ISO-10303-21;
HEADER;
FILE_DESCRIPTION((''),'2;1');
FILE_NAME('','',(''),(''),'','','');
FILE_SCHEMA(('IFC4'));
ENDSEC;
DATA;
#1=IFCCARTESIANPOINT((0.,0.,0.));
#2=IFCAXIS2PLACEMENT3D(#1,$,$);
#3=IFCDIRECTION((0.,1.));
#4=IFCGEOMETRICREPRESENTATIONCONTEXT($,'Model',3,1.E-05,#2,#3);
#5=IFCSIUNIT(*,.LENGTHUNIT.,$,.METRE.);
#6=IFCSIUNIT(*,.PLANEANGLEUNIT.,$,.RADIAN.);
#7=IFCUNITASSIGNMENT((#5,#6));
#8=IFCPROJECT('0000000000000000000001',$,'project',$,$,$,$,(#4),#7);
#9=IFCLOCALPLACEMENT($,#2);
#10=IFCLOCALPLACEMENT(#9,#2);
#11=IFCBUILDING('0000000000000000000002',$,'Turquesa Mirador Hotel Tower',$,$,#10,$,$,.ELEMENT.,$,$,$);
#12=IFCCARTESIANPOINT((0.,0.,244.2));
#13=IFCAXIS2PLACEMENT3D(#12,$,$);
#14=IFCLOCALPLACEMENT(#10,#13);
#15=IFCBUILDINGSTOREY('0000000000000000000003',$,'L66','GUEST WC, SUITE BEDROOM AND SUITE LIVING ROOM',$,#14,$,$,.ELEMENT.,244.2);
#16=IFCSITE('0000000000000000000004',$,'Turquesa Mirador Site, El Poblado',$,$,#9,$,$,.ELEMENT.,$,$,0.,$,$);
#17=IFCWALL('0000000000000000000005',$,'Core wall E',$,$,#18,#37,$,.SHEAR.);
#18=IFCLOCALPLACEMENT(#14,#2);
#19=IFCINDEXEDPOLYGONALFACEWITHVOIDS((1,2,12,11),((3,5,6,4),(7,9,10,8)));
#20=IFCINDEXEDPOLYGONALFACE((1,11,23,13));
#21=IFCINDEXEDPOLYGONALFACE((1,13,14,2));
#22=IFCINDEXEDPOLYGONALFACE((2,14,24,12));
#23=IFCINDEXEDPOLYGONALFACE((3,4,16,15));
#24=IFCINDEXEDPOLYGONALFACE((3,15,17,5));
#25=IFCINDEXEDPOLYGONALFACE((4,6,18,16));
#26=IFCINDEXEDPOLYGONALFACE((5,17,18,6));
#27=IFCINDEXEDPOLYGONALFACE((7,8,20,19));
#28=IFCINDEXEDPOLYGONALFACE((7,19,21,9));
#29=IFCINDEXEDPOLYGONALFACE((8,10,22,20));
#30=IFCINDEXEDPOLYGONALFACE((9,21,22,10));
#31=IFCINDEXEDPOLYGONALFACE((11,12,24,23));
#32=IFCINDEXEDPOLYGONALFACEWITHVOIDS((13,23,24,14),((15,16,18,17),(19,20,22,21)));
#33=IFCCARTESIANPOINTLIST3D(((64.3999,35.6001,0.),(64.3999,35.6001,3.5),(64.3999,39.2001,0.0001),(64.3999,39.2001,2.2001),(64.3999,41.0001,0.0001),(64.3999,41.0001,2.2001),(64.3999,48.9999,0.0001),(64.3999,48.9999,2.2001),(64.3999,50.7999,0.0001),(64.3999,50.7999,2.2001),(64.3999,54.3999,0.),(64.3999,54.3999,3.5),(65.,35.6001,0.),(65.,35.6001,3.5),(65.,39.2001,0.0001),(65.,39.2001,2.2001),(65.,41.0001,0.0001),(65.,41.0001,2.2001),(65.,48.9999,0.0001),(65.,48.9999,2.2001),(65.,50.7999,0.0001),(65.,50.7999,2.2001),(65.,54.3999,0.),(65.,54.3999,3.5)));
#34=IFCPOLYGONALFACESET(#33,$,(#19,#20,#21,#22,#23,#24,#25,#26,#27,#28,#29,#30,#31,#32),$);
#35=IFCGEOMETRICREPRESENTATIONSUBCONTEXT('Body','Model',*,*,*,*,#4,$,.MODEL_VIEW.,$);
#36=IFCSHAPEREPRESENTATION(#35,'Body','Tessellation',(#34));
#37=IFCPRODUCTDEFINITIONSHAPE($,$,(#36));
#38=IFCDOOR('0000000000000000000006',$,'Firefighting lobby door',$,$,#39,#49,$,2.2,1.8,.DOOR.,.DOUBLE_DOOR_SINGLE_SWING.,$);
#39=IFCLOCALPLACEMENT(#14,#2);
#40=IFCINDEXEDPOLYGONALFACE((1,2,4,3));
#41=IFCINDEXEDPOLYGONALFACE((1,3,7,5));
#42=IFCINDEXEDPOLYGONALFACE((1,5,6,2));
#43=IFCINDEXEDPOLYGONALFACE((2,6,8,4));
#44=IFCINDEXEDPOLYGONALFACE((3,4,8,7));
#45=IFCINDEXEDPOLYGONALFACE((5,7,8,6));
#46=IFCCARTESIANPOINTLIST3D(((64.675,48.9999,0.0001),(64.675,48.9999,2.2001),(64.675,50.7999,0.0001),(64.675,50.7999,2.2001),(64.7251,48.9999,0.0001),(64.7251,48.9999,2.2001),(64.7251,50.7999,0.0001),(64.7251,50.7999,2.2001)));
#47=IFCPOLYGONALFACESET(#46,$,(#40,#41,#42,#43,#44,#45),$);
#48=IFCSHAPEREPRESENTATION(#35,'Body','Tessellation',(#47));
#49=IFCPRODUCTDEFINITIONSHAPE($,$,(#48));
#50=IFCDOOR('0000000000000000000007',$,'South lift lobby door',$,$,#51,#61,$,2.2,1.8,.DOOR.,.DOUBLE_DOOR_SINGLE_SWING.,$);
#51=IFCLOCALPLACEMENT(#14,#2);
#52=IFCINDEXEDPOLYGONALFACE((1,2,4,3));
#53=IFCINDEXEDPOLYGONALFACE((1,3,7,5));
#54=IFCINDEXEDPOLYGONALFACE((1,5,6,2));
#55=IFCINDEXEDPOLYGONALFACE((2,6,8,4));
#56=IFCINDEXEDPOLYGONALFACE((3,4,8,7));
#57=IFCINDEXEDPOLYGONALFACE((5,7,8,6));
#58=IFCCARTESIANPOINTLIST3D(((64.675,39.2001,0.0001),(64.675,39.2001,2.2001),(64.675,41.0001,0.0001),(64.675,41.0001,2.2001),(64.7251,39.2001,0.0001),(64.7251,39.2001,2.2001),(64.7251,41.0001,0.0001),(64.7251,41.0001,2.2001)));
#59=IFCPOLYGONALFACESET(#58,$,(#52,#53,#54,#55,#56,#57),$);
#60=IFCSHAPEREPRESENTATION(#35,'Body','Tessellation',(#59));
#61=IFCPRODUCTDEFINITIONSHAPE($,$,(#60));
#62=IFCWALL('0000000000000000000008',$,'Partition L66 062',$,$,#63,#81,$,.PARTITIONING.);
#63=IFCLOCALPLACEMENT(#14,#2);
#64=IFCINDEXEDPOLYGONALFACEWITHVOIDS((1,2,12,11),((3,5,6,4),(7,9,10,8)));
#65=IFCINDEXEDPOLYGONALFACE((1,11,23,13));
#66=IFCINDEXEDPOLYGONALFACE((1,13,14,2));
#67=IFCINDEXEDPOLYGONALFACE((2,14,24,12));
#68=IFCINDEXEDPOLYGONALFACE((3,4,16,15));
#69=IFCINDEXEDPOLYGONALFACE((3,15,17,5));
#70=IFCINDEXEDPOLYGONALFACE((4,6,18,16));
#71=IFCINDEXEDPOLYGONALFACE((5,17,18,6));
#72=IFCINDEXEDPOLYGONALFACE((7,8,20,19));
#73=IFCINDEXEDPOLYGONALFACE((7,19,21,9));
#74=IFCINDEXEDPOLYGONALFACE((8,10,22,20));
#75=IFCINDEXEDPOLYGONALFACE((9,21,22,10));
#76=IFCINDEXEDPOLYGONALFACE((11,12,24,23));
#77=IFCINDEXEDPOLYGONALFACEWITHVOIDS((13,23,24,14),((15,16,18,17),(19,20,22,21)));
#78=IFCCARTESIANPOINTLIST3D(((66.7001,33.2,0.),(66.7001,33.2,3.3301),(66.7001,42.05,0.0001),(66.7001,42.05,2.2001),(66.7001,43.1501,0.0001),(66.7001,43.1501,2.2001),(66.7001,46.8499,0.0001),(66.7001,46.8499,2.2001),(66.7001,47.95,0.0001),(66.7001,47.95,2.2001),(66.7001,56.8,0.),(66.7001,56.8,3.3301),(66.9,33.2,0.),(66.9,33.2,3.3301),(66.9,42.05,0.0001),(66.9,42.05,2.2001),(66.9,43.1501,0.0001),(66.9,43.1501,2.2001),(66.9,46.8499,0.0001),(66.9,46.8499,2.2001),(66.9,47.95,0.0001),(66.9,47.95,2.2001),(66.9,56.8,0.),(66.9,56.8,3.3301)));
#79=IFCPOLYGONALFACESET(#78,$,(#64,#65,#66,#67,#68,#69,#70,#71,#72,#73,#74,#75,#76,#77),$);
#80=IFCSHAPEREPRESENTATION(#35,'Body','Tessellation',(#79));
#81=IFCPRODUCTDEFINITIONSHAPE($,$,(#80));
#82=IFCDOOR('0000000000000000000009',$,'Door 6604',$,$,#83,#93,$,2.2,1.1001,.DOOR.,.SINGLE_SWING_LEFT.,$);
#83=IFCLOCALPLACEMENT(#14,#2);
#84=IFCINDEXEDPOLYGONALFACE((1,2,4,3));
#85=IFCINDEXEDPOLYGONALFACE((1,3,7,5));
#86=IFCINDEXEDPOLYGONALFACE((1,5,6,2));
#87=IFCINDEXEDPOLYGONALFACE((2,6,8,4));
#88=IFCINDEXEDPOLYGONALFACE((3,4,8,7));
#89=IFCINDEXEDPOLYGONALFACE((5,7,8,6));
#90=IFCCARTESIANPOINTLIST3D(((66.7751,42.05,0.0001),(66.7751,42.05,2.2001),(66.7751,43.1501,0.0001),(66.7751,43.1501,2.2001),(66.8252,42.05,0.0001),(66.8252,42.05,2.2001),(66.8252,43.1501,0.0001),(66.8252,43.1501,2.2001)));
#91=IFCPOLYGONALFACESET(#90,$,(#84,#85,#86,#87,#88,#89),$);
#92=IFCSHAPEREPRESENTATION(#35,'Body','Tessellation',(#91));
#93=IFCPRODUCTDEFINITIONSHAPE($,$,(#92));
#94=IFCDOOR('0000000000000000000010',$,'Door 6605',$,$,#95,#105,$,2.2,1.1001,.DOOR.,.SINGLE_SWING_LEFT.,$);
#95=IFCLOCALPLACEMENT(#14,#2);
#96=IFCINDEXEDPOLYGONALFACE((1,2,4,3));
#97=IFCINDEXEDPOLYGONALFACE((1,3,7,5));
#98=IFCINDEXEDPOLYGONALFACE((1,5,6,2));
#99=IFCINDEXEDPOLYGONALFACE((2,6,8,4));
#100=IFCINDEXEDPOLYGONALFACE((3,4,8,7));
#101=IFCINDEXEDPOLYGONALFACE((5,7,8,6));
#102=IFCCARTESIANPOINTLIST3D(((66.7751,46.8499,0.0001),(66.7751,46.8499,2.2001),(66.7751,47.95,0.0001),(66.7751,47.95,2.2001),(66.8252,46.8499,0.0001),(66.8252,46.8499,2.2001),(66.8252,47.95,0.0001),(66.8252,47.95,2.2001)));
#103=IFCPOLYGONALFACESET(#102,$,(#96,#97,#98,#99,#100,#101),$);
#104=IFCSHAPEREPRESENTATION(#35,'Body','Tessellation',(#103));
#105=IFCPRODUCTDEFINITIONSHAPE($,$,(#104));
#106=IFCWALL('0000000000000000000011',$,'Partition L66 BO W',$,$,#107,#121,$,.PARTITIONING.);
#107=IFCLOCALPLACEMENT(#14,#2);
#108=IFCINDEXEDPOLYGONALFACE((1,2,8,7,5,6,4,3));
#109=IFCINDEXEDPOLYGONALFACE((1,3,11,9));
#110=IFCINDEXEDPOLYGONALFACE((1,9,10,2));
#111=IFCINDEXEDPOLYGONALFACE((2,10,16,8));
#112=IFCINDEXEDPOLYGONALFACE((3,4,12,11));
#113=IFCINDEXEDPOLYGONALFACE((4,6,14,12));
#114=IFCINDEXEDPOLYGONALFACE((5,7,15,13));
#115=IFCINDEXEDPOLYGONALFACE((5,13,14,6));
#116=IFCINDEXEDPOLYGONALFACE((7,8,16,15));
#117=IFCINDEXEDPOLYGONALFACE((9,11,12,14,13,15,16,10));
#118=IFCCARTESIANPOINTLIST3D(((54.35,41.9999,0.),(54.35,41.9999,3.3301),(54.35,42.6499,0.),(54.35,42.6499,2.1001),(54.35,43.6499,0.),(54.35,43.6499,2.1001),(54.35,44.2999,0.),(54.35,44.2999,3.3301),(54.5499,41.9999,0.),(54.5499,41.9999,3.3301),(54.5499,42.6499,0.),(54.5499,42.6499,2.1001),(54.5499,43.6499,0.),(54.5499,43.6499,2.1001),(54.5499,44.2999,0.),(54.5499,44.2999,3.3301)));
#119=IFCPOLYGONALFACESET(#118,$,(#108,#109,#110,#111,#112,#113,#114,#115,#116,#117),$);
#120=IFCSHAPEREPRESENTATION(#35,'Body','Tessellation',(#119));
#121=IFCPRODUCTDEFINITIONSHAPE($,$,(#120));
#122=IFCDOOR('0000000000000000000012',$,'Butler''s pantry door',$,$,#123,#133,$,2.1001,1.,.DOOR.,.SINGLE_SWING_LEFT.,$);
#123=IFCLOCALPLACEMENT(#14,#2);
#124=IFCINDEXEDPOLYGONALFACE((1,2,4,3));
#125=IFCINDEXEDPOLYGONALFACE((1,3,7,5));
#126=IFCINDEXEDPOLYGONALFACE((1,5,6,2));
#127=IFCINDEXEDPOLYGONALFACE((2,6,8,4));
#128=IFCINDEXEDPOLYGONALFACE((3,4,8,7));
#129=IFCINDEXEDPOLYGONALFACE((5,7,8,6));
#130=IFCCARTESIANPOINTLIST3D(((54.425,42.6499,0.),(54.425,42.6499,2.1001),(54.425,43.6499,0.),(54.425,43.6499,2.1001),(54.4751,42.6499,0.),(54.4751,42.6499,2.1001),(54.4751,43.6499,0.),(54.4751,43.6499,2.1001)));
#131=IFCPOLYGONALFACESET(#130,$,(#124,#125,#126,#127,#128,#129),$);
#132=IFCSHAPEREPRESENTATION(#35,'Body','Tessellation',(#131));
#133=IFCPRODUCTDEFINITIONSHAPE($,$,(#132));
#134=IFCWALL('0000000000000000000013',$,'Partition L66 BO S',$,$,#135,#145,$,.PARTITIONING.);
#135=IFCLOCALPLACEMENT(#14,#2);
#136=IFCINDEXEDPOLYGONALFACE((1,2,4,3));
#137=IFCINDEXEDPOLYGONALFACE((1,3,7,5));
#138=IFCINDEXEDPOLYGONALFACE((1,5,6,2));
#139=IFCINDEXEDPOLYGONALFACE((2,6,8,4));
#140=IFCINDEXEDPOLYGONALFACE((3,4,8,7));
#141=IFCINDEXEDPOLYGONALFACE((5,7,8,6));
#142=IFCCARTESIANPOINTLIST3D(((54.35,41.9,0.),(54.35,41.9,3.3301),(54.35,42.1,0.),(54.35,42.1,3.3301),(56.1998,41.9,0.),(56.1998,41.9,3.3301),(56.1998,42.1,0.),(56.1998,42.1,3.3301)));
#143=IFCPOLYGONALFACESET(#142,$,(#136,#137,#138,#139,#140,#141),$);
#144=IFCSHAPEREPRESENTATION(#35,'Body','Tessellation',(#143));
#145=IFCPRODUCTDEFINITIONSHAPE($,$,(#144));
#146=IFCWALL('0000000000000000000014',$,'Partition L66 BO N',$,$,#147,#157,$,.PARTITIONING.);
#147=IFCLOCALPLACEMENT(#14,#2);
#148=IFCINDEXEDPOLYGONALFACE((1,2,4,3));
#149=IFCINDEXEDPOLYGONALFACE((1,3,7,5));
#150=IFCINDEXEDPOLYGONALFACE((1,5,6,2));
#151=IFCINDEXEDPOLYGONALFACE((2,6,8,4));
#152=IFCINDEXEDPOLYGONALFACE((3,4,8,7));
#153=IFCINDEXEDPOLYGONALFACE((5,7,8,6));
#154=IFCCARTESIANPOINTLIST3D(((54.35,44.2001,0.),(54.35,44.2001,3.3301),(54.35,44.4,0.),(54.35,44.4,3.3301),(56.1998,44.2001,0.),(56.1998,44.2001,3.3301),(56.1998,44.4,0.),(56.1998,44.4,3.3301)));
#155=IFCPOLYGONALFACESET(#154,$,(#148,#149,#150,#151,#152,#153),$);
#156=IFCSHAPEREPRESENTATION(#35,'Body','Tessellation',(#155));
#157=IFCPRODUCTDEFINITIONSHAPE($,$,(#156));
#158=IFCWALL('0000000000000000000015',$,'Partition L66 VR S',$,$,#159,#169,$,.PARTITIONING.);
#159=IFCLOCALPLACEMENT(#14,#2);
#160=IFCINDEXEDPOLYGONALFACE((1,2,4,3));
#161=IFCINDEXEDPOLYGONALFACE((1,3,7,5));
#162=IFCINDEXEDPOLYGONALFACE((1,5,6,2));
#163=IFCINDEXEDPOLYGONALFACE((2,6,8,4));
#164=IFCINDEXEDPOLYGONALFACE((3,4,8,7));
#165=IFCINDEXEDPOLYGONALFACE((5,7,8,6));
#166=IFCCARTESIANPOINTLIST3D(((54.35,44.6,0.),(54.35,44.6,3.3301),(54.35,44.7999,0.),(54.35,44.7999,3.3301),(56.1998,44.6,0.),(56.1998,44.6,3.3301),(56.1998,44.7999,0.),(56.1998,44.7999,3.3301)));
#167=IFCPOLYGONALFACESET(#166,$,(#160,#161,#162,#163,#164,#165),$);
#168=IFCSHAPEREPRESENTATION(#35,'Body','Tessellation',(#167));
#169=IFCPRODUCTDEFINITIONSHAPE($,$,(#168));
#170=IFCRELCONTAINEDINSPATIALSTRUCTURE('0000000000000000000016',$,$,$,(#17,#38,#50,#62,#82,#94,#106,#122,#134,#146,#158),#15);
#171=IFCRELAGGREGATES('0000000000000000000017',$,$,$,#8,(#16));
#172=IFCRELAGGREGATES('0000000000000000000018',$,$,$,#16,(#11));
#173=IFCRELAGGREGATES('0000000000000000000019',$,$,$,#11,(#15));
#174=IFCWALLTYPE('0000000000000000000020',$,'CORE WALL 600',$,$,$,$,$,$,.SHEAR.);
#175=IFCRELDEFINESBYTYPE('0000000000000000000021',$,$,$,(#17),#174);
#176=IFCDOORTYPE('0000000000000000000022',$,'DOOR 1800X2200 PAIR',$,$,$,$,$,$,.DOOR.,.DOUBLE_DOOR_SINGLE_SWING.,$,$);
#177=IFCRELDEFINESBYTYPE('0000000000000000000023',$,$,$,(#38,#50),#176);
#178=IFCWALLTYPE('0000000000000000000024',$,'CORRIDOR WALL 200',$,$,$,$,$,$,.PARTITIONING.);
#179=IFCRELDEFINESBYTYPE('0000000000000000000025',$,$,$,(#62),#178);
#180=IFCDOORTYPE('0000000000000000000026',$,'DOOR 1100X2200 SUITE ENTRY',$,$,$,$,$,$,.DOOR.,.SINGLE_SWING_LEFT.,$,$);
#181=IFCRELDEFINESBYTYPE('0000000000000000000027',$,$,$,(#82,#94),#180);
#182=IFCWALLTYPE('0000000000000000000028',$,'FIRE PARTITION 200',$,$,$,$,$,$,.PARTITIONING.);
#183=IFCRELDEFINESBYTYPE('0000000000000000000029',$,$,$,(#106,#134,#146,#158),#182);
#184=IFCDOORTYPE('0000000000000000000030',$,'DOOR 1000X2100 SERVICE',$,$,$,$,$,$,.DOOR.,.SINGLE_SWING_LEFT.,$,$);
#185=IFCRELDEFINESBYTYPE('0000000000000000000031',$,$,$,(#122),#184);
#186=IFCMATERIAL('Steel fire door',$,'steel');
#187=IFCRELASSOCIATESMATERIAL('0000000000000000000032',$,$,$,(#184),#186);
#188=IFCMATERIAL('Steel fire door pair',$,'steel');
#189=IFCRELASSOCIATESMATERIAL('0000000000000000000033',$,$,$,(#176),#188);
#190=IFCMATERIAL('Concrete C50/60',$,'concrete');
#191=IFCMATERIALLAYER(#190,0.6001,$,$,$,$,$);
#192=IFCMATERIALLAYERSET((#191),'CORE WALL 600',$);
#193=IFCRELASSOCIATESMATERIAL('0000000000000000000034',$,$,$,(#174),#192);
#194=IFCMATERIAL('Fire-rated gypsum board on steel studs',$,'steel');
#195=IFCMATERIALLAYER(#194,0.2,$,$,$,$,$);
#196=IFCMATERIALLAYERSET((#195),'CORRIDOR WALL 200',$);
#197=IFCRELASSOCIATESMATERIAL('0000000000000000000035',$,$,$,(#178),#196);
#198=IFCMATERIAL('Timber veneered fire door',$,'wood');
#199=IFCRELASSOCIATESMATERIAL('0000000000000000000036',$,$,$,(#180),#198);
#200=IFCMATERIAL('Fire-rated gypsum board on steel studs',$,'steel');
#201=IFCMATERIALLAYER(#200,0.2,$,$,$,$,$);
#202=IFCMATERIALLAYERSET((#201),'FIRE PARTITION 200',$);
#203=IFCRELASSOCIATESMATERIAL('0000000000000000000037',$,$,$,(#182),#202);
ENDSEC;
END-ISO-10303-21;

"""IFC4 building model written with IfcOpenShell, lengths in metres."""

from ifc_helpers import new_model, si_unit, direction, frame, frame_2d, origin, place, context, subcontext, project, spatial, rectangle, extrude, material, layer, layer_set, type_object, element, fill, save


model = new_model("IFC4")

# Units and contexts
model_context = context("Model", 3, precision=1e-05, world=origin(), true_north=direction((0.0, 1.0)))
body_context = subcontext(model_context, "Body", "Model", "MODEL_VIEW")
ifc_project = project(units=[si_unit("LENGTHUNIT", "METRE"), si_unit("PLANEANGLEUNIT", "RADIAN")], contexts=[model_context])

# Site, building, storey
site_placement = place(None, origin())
site = spatial("IfcSite", under=ifc_project, at=site_placement, Name="Turquesa Mirador Site, El Poblado", CompositionType="ELEMENT", RefElevation=0.0)
building_placement = place(site_placement, origin())
building = spatial("IfcBuilding", under=site, at=building_placement, Name="Turquesa Mirador Hotel Tower", CompositionType="ELEMENT")
storey_placement = place(building_placement, frame((0.0, 0.0, 244.2)))
storey = spatial("IfcBuildingStorey", under=building, at=storey_placement, Name="L66", Description="GUEST WC, SUITE BEDROOM AND SUITE LIVING ROOM", CompositionType="ELEMENT", Elevation=244.2)

# Shared definitions
ifc_material_1 = material(Name="Steel fire door", Category="steel")
door_type_1 = type_object("IfcDoorType", Name="DOOR 1000X2100 SERVICE", OperationType="SINGLE_SWING_LEFT", PredefinedType="DOOR", material=ifc_material_1)
ifc_material_2 = material(Name="Steel fire door pair", Category="steel")
door_type_2 = type_object("IfcDoorType", Name="DOOR 1800X2200 PAIR", OperationType="DOUBLE_DOOR_SINGLE_SWING", PredefinedType="DOOR", material=ifc_material_2)

# Walls, openings, doors
ifc_material_3 = material(Name="Concrete C50/60", Category="concrete")
ifc_layer_1 = layer(ifc_material_3, 0.6001)
ifc_layer_set_1 = layer_set([ifc_layer_1], Name="CORE WALL 600")
wall_type_1 = type_object("IfcWallType", Name="CORE WALL 600", PredefinedType="SHEAR", material=ifc_layer_set_1)
wall_1_placement = place(storey_placement, frame((64.7, 35.6001, 0.0), z_axis=(0.0, 0.0, 1.0), x_axis=(0.0, 1.0, 0.0)))
wall_1 = element("IfcWall", 1, at=wall_1_placement, inside=storey, type_object=wall_type_1, Name="Core wall E", PredefinedType="SHEAR", context=body_context, shape_type="SweptSolid", body=[
    extrude(rectangle(XDim=18.7998, YDim=0.6001, at=frame_2d((9.3999, 0.0))), origin(), (0.0, 0.0, 1.0), 3.5),
])
opening_1_placement = place(wall_1_placement, frame((13.3999, 0.0, 0.0)))
opening_1 = element("IfcOpeningElement", 2, at=opening_1_placement, cuts=wall_1, PredefinedType="OPENING", context=body_context, shape_type="SweptSolid", body=[
    extrude(rectangle(XDim=1.8, YDim=2.2, at=frame_2d((0.8999, 1.1001))), frame((0.0, 0.3101, 0.0), z_axis=(0.0, -1.0, 0.0), x_axis=(1.0, 0.0, 0.0)), (0.0, 0.0, 1.0), 0.6201),
])
opening_2_placement = place(wall_1_placement, frame((3.6001, 0.0, 0.0)))
opening_2 = element("IfcOpeningElement", 3, at=opening_2_placement, cuts=wall_1, PredefinedType="OPENING", context=body_context, shape_type="SweptSolid", body=[
    extrude(rectangle(XDim=1.8, YDim=2.2, at=frame_2d((0.8999, 1.1001))), frame((0.0, 0.3101, 0.0), z_axis=(0.0, -1.0, 0.0), x_axis=(1.0, 0.0, 0.0)), (0.0, 0.0, 1.0), 0.6201),
])
door_1_placement = place(opening_1_placement, origin())
door_1 = element("IfcDoor", 4, at=door_1_placement, inside=storey, type_object=door_type_2, Name="Firefighting lobby door", OperationType="DOUBLE_DOOR_SINGLE_SWING", OverallHeight=2.2, OverallWidth=1.8, PredefinedType="DOOR", context=body_context, shape_type="SweptSolid", body=[
    extrude(rectangle(XDim=1.8, YDim=2.2, at=frame_2d((0.8999, 1.1001))), frame((0.0, 0.0249, 0.0), z_axis=(0.0, -1.0, 0.0), x_axis=(1.0, 0.0, 0.0)), (0.0, 0.0, 1.0), 0.05),
])
fill(opening_1, door_1)
door_2_placement = place(opening_2_placement, origin())
door_2 = element("IfcDoor", 5, at=door_2_placement, inside=storey, type_object=door_type_2, Name="South lift lobby door", OperationType="DOUBLE_DOOR_SINGLE_SWING", OverallHeight=2.2, OverallWidth=1.8, PredefinedType="DOOR", context=body_context, shape_type="SweptSolid", body=[
    extrude(rectangle(XDim=1.8, YDim=2.2, at=frame_2d((0.8999, 1.1001))), frame((0.0, 0.0249, 0.0), z_axis=(0.0, -1.0, 0.0), x_axis=(1.0, 0.0, 0.0)), (0.0, 0.0, 1.0), 0.05),
])
fill(opening_2, door_2)
ifc_material_4 = material(Name="Fire-rated gypsum board on steel studs", Category="steel")
ifc_layer_2 = layer(ifc_material_4, 0.2)
ifc_layer_set_2 = layer_set([ifc_layer_2], Name="CORRIDOR WALL 200")
wall_type_2 = type_object("IfcWallType", Name="CORRIDOR WALL 200", PredefinedType="PARTITIONING", material=ifc_layer_set_2)
wall_2_placement = place(storey_placement, frame((66.8, 33.2, 0.0), z_axis=(0.0, 0.0, 1.0), x_axis=(0.0, 1.0, 0.0)))
wall_2 = element("IfcWall", 6, at=wall_2_placement, inside=storey, type_object=wall_type_2, Name="Partition L66 062", PredefinedType="PARTITIONING", context=body_context, shape_type="SweptSolid", body=[
    extrude(rectangle(XDim=23.6001, YDim=0.2, at=frame_2d((11.8, 0.0))), origin(), (0.0, 0.0, 1.0), 3.3301),
])
opening_3_placement = place(wall_2_placement, frame((8.8501, 0.0, 0.0)))
opening_3 = element("IfcOpeningElement", 7, at=opening_3_placement, cuts=wall_2, PredefinedType="OPENING", context=body_context, shape_type="SweptSolid", body=[
    extrude(rectangle(XDim=1.1001, YDim=2.2, at=frame_2d((0.55, 1.1001))), frame((0.0, 0.1099, 0.0), z_axis=(0.0, -1.0, 0.0), x_axis=(1.0, 0.0, 0.0)), (0.0, 0.0, 1.0), 0.22),
])
opening_4_placement = place(wall_2_placement, frame((13.6499, 0.0, 0.0)))
opening_4 = element("IfcOpeningElement", 8, at=opening_4_placement, cuts=wall_2, PredefinedType="OPENING", context=body_context, shape_type="SweptSolid", body=[
    extrude(rectangle(XDim=1.1001, YDim=2.2, at=frame_2d((0.55, 1.1001))), frame((0.0, 0.1099, 0.0), z_axis=(0.0, -1.0, 0.0), x_axis=(1.0, 0.0, 0.0)), (0.0, 0.0, 1.0), 0.22),
])
ifc_material_5 = material(Name="Timber veneered fire door", Category="wood")
door_type_3 = type_object("IfcDoorType", Name="DOOR 1100X2200 SUITE ENTRY", OperationType="SINGLE_SWING_LEFT", PredefinedType="DOOR", material=ifc_material_5)
door_3_placement = place(opening_3_placement, origin())
door_3 = element("IfcDoor", 9, at=door_3_placement, inside=storey, type_object=door_type_3, Name="Door 6604", OperationType="SINGLE_SWING_LEFT", OverallHeight=2.2, OverallWidth=1.1001, PredefinedType="DOOR", context=body_context, shape_type="SweptSolid", body=[
    extrude(rectangle(XDim=1.1001, YDim=2.2, at=frame_2d((0.55, 1.1001))), frame((0.0, 0.0249, 0.0), z_axis=(0.0, -1.0, 0.0), x_axis=(1.0, 0.0, 0.0)), (0.0, 0.0, 1.0), 0.05),
])
fill(opening_3, door_3)
door_4_placement = place(opening_4_placement, origin())
door_4 = element("IfcDoor", 10, at=door_4_placement, inside=storey, type_object=door_type_3, Name="Door 6605", OperationType="SINGLE_SWING_LEFT", OverallHeight=2.2, OverallWidth=1.1001, PredefinedType="DOOR", context=body_context, shape_type="SweptSolid", body=[
    extrude(rectangle(XDim=1.1001, YDim=2.2, at=frame_2d((0.55, 1.1001))), frame((0.0, 0.0249, 0.0), z_axis=(0.0, -1.0, 0.0), x_axis=(1.0, 0.0, 0.0)), (0.0, 0.0, 1.0), 0.05),
])
fill(opening_4, door_4)

# Wall, opening, door
ifc_material_6 = material(Name="Fire-rated gypsum board on steel studs", Category="steel")
ifc_layer_3 = layer(ifc_material_6, 0.2)
ifc_layer_set_3 = layer_set([ifc_layer_3], Name="FIRE PARTITION 200")
wall_type_3 = type_object("IfcWallType", Name="FIRE PARTITION 200", PredefinedType="PARTITIONING", material=ifc_layer_set_3)
wall_3_placement = place(storey_placement, frame((54.45, 42.0, 0.0), z_axis=(0.0, 0.0, 1.0), x_axis=(0.0, 1.0, 0.0)))
wall_3 = element("IfcWall", 11, at=wall_3_placement, inside=storey, type_object=wall_type_3, Name="Partition L66 BO W", PredefinedType="PARTITIONING", context=body_context, shape_type="SweptSolid", body=[
    extrude(rectangle(XDim=2.3, YDim=0.2, at=frame_2d((1.1499, 0.0))), origin(), (0.0, 0.0, 1.0), 3.3301),
])
opening_5_placement = place(wall_3_placement, frame((0.6499, 0.0, 0.0)))
opening_5 = element("IfcOpeningElement", 12, at=opening_5_placement, cuts=wall_3, PredefinedType="OPENING", context=body_context, shape_type="SweptSolid", body=[
    extrude(rectangle(XDim=1.0, YDim=2.1001, at=frame_2d((0.5, 1.05))), frame((0.0, 0.1099, 0.0), z_axis=(0.0, -1.0, 0.0), x_axis=(1.0, 0.0, 0.0)), (0.0, 0.0, 1.0), 0.22),
])
door_5_placement = place(opening_5_placement, origin())
door_5 = element("IfcDoor", 13, at=door_5_placement, inside=storey, type_object=door_type_1, Name="Butler's pantry door", OperationType="SINGLE_SWING_LEFT", OverallHeight=2.1001, OverallWidth=1.0, PredefinedType="DOOR", context=body_context, shape_type="SweptSolid", body=[
    extrude(rectangle(XDim=1.0, YDim=2.1001, at=frame_2d((0.5, 1.05))), frame((0.0, 0.0249, 0.0), z_axis=(0.0, -1.0, 0.0), x_axis=(1.0, 0.0, 0.0)), (0.0, 0.0, 1.0), 0.05),
])
fill(opening_5, door_5)

# Walls
for number, where, z_axis, x_axis, name in (
    (14, (54.3501, 42.0, 0.0), (0.0, 0.0, 1.0), (1.0, 0.0, 0.0), "Partition L66 BO S"),
    (15, (54.3501, 44.3, 0.0), (0.0, 0.0, 1.0), (1.0, 0.0, 0.0), "Partition L66 BO N"),
    (16, (54.3501, 44.7, 0.0), (0.0, 0.0, 1.0), (1.0, 0.0, 0.0), "Partition L66 VR S"),
):
    element("IfcWall", number, at=place(storey_placement, frame(where, z_axis=z_axis, x_axis=x_axis)), inside=storey, type_object=wall_type_3, Name=name, PredefinedType="PARTITIONING", context=body_context, shape_type="SweptSolid", body=[
        extrude(rectangle(XDim=1.8499, YDim=0.2, at=frame_2d((0.9248, 0.0))), origin(), (0.0, 0.0, 1.0), 3.3301),
    ])

save(model, "model.ifc")
